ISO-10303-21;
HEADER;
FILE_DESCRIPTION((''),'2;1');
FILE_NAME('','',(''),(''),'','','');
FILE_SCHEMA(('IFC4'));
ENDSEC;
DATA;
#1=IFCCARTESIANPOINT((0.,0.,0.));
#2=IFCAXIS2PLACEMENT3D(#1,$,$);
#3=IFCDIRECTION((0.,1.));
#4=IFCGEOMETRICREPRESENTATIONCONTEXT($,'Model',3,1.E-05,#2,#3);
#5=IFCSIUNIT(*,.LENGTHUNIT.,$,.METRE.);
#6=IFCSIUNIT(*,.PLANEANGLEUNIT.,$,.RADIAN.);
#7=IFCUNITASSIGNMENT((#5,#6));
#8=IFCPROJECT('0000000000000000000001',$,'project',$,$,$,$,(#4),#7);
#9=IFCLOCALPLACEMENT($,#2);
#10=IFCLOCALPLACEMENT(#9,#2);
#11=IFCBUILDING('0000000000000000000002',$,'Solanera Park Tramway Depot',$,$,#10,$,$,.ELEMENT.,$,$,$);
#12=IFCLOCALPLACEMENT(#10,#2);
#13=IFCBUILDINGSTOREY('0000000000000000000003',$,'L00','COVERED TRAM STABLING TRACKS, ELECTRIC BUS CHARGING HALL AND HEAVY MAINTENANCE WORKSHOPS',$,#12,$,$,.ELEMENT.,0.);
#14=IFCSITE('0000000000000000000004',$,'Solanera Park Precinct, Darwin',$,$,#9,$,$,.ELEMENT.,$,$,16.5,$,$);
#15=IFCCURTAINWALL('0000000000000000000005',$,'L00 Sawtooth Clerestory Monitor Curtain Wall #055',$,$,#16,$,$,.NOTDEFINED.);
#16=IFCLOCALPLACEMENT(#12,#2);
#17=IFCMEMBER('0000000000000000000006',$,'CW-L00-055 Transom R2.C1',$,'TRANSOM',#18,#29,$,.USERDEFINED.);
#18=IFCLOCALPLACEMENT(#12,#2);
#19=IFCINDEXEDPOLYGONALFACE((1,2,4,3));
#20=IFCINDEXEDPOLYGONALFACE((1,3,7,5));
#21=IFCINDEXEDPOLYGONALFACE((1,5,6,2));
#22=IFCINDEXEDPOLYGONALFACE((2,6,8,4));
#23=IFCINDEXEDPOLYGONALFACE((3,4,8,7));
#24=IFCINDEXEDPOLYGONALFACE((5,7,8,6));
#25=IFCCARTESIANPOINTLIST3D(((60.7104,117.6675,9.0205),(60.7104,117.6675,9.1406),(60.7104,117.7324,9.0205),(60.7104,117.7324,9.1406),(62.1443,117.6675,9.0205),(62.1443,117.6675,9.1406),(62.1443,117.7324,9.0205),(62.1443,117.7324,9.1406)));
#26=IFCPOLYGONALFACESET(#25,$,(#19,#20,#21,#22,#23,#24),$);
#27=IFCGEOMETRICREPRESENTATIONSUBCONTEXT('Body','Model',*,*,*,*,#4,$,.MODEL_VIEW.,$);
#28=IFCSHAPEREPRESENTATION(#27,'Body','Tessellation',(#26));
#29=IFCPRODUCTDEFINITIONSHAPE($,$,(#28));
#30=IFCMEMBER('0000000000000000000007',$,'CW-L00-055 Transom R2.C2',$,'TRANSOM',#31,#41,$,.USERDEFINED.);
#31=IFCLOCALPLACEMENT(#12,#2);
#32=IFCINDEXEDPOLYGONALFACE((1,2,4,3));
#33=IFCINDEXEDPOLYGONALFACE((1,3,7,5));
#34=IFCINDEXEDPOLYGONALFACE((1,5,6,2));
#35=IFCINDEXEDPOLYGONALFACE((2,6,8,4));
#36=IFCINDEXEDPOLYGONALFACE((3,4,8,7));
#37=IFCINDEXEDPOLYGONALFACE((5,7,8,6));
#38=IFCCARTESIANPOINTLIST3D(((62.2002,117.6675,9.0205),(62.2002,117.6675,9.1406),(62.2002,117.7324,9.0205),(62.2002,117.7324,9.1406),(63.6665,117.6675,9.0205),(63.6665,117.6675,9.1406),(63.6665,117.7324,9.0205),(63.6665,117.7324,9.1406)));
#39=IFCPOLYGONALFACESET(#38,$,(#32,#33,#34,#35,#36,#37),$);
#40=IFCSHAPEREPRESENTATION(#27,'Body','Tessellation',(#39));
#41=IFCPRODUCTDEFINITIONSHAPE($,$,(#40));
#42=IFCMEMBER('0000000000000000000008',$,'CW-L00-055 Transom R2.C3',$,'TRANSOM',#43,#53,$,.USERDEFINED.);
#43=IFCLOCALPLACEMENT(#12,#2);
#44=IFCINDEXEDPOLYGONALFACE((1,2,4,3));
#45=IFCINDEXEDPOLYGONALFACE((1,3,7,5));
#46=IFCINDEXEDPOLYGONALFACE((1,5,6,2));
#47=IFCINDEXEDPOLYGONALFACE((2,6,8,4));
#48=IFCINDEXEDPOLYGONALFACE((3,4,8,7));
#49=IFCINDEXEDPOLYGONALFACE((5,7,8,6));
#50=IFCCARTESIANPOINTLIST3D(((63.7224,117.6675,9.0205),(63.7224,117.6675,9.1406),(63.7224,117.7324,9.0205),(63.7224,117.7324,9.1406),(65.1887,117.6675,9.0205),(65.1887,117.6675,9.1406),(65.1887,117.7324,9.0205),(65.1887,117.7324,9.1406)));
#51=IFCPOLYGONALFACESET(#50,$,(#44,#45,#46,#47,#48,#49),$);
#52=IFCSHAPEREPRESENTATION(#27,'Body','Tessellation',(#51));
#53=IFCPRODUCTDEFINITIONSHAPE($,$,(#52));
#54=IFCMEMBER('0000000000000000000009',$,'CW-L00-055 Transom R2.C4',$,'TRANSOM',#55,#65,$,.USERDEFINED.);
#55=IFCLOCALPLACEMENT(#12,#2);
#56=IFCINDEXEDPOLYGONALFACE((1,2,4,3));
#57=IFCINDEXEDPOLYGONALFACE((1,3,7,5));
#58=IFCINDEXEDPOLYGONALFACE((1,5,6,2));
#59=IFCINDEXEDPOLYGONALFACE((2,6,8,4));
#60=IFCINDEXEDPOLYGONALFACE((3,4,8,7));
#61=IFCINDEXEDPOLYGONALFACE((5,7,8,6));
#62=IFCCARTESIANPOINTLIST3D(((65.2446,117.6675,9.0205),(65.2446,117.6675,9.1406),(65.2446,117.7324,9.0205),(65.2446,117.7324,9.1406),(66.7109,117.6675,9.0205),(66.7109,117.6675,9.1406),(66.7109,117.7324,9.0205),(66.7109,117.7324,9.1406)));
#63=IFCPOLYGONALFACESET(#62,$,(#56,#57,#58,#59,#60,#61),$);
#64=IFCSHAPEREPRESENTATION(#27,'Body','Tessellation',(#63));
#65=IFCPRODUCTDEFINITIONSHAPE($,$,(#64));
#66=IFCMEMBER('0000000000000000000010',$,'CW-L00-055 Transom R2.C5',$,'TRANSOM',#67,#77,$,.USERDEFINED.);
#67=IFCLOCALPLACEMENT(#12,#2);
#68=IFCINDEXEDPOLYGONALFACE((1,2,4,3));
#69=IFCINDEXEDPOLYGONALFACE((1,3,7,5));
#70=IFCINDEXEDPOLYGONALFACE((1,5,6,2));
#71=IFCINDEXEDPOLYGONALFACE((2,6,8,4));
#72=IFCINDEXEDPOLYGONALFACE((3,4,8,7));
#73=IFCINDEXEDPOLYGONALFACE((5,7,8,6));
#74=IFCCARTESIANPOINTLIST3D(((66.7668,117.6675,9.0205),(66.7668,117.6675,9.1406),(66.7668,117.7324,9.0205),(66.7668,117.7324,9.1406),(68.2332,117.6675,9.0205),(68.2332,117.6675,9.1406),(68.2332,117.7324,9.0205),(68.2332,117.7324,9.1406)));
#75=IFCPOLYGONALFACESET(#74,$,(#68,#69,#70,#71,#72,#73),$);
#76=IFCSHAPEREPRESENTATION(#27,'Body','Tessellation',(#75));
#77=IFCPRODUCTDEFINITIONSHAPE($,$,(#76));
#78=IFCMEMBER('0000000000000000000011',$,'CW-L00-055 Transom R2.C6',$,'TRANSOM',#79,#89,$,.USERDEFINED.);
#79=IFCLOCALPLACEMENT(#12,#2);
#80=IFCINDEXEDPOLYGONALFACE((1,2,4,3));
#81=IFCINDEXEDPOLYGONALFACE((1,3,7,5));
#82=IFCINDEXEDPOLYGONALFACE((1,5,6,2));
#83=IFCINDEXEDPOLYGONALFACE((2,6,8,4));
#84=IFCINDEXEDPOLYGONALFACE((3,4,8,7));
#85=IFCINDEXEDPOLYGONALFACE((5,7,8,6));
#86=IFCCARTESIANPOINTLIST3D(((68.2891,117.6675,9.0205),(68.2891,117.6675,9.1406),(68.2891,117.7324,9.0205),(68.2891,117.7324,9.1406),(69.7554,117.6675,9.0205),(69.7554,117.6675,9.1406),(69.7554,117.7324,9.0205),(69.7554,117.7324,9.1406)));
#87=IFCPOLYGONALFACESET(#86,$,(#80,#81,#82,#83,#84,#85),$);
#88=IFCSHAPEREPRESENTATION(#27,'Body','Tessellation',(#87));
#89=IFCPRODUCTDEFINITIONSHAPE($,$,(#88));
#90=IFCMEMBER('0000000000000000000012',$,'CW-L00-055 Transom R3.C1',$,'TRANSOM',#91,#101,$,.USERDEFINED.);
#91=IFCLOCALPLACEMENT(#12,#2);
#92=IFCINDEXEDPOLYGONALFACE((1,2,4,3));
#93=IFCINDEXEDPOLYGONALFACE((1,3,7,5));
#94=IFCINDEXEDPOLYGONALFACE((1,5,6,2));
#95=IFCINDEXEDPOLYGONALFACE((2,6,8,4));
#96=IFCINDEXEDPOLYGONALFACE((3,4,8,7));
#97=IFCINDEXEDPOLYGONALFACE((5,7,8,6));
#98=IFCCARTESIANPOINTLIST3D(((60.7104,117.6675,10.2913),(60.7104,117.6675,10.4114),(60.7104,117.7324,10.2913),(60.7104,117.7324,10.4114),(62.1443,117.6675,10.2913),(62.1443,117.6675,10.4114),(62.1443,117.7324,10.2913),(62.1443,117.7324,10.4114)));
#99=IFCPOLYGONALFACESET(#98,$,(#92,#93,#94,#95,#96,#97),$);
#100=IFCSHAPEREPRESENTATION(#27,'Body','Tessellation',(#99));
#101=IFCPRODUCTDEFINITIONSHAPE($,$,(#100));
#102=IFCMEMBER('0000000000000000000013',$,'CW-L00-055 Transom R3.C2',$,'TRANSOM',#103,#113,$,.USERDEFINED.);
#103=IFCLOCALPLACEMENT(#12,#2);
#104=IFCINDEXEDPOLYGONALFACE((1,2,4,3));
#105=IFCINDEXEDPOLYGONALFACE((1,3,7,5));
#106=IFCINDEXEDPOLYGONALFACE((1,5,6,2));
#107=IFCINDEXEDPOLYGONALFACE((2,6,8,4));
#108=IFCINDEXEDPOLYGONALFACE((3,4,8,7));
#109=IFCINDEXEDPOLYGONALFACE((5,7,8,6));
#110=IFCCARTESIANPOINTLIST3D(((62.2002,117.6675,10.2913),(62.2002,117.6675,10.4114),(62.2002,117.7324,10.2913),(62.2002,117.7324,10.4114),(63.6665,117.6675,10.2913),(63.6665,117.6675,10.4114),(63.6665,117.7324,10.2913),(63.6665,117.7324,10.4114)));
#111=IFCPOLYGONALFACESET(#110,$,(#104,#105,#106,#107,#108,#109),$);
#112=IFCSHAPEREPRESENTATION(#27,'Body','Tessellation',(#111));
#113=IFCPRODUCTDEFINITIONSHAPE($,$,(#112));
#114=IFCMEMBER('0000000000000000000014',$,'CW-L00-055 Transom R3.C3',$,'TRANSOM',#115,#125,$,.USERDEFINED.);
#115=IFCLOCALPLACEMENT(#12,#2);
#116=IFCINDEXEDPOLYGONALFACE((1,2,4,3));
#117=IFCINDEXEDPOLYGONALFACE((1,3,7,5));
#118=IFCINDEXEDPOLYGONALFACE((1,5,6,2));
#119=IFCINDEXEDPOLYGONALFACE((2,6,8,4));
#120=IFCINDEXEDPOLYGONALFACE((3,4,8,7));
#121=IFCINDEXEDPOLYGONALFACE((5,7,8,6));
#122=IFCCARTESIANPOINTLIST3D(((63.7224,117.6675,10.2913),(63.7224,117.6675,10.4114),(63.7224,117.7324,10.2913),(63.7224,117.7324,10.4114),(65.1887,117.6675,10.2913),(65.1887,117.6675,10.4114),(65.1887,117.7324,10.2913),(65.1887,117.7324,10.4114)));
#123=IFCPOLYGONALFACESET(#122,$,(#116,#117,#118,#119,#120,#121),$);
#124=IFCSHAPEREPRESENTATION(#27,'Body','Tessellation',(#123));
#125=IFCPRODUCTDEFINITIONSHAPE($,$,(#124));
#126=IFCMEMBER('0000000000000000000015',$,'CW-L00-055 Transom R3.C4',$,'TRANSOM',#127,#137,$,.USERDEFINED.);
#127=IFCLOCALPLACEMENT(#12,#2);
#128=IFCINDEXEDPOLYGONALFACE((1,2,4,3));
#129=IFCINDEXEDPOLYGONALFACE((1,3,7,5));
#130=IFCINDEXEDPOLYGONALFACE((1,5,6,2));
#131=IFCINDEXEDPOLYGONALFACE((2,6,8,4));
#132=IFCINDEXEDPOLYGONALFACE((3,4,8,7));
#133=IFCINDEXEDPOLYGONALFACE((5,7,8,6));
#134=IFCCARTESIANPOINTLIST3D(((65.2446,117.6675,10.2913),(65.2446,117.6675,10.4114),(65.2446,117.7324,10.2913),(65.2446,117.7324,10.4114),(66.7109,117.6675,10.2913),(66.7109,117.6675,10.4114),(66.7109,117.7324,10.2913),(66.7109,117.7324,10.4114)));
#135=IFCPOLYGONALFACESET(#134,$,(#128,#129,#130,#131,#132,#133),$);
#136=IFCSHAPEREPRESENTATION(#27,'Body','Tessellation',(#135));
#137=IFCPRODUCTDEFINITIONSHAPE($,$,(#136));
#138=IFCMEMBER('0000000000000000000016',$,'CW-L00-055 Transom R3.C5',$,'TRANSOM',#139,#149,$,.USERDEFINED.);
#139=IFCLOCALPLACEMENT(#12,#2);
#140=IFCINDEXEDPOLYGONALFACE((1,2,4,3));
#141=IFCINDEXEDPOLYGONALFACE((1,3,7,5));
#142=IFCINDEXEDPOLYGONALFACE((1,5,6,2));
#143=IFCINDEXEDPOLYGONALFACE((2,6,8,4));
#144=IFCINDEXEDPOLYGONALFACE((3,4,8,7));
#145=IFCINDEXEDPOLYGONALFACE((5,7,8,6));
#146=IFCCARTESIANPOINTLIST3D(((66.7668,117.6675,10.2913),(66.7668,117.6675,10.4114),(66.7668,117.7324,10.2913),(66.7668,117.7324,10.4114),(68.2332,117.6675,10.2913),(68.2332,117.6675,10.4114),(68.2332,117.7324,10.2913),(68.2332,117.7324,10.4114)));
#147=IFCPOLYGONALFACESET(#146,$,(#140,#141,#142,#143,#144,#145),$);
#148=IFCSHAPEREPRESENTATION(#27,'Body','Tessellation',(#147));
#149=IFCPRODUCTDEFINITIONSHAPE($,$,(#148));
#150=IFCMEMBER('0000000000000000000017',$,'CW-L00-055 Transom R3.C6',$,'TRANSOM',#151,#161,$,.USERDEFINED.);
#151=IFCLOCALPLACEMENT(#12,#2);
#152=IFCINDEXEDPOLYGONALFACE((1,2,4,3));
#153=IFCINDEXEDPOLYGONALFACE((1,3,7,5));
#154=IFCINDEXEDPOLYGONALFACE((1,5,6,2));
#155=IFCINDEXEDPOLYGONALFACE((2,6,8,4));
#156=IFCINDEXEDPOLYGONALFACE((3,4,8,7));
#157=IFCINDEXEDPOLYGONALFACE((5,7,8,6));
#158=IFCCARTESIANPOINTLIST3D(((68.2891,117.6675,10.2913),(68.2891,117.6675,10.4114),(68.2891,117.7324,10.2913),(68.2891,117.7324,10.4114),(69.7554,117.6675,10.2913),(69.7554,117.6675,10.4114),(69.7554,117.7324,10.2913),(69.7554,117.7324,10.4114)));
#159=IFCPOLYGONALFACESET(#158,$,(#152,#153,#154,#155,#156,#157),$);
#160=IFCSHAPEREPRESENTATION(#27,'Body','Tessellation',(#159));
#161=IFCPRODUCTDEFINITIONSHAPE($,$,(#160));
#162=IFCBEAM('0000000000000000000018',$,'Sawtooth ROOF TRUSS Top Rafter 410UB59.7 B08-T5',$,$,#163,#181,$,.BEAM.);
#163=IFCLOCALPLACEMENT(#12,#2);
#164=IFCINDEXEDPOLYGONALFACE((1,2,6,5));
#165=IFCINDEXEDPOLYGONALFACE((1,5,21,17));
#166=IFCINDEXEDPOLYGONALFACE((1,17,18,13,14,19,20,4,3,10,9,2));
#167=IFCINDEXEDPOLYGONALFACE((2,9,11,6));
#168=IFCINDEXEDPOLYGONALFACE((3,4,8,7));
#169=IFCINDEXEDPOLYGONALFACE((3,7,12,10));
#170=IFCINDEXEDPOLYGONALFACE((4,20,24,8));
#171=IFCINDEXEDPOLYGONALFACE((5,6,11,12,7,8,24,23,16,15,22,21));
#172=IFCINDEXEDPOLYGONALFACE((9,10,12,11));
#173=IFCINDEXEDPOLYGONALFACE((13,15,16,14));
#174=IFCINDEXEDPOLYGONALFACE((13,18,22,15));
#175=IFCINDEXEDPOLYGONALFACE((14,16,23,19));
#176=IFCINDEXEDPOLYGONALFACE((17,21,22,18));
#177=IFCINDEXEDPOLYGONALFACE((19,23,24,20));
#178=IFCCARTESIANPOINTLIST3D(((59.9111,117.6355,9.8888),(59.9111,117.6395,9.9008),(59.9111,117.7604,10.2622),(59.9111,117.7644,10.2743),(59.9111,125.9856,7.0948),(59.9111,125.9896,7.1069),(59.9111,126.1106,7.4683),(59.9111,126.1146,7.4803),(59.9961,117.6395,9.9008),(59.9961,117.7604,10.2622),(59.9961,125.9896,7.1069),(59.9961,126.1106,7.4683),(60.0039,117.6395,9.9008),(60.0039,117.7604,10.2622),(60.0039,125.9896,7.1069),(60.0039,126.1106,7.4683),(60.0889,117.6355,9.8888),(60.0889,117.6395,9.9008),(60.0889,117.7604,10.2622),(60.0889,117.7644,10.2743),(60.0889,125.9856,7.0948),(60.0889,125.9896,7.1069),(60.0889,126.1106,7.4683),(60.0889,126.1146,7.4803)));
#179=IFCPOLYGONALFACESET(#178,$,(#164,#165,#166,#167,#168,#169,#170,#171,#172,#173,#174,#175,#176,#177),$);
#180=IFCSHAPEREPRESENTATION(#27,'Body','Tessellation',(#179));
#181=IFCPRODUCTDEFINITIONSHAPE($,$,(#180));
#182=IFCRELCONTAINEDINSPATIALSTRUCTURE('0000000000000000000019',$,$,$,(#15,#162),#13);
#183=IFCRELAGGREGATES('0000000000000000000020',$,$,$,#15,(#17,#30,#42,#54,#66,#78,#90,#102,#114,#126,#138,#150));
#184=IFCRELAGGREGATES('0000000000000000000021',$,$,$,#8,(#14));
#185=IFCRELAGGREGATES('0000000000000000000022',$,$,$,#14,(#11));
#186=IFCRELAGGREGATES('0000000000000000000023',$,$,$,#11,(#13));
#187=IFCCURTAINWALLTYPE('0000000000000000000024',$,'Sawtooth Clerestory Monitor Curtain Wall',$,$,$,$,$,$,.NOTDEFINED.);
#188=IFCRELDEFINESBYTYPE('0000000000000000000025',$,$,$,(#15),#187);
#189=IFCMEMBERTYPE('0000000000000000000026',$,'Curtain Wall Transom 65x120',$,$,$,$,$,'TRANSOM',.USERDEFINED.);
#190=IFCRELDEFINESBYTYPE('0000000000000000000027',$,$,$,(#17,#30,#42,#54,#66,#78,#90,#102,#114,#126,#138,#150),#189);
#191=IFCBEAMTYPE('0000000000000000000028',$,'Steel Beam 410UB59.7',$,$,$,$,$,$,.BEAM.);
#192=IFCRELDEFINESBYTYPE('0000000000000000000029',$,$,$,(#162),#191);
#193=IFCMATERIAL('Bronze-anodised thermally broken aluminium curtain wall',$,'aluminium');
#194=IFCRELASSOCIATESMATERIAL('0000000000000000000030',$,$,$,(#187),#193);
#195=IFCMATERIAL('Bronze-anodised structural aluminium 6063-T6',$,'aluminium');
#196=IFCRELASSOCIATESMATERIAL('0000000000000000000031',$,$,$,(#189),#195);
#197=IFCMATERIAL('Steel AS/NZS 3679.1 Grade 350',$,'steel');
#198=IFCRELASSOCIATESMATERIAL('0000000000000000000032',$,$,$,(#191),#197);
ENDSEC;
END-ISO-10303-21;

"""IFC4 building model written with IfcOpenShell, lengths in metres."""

from ifc_helpers import new_model, si_unit, direction, frame, origin, origin_2d, place, context, subcontext, project, spatial, rectangle, i_section, extrude, material, material_profile, profile_set, type_object, element, aggregate, save


model = new_model("IFC4")

# Units and contexts
model_context = context("Model", 3, precision=1e-05, world=origin(), true_north=direction((0.0, 1.0)))
body_context = subcontext(model_context, "Body", "Model", "MODEL_VIEW")
ifc_project = project(units=[si_unit("LENGTHUNIT", "METRE"), si_unit("PLANEANGLEUNIT", "RADIAN")], contexts=[model_context])

# Site, building, storey
site_placement = place(None, origin())
site = spatial("IfcSite", under=ifc_project, at=site_placement, Name="Solanera Park Precinct, Darwin", CompositionType="ELEMENT", RefElevation=16.5)
building_placement = place(site_placement, origin())
building = spatial("IfcBuilding", under=site, at=building_placement, Name="Solanera Park Tramway Depot", CompositionType="ELEMENT")
storey_placement = place(building_placement, origin())
storey = spatial("IfcBuildingStorey", under=building, at=storey_placement, Name="L00", Description="COVERED TRAM STABLING TRACKS, ELECTRIC BUS CHARGING HALL AND HEAVY MAINTENANCE WORKSHOPS", CompositionType="ELEMENT", Elevation=0.0)

# Curtain wall, members
ifc_material_1 = material(Name="Bronze-anodised thermally broken aluminium curtain wall", Category="aluminium")
curtain_wall_type = type_object("IfcCurtainWallType", Name="Sawtooth Clerestory Monitor Curtain Wall", PredefinedType="NOTDEFINED", material=ifc_material_1)
curtain_wall_placement = place(storey_placement, origin())
curtain_wall = element("IfcCurtainWall", 1, at=curtain_wall_placement, inside=storey, type_object=curtain_wall_type, Name="L00 Sawtooth Clerestory Monitor Curtain Wall #055", PredefinedType="NOTDEFINED")
ifc_material_2 = material(Name="Bronze-anodised structural aluminium 6063-T6", Category="aluminium")
ifc_material_profile_1 = material_profile(ifc_material_2, rectangle(XDim=0.0649, YDim=0.1201, at=origin_2d()), Name="Curtain Wall Transom 65x120")
ifc_profile_set_1 = profile_set([ifc_material_profile_1], Name="Bronze-anodised structural aluminium 6063-T6")
member_type = type_object("IfcMemberType", Name="Curtain Wall Transom 65x120", ElementType="TRANSOM", PredefinedType="USERDEFINED", material=ifc_profile_set_1)
member_1_placement = place(storey_placement, frame((60.7104, 117.7, 9.0806), z_axis=(1.0, 0.0, 0.0), x_axis=(0.0, 1.0, 0.0)))
member_1 = element("IfcMember", 2, at=member_1_placement, type_object=member_type, Name="CW-L00-055 Transom R2.C1", ObjectType="TRANSOM", PredefinedType="USERDEFINED", context=body_context, shape_type="SweptSolid", body=[
    extrude(rectangle(XDim=0.0649, YDim=0.1201, at=origin_2d()), origin(), (0.0, 0.0, 1.0), 1.4338),
])
member_2_placement = place(storey_placement, frame((62.2002, 117.7, 9.0806), z_axis=(1.0, 0.0, 0.0), x_axis=(0.0, 1.0, 0.0)))
member_2 = element("IfcMember", 3, at=member_2_placement, type_object=member_type, Name="CW-L00-055 Transom R2.C2", ObjectType="TRANSOM", PredefinedType="USERDEFINED", context=body_context, shape_type="SweptSolid", body=[
    extrude(rectangle(XDim=0.0649, YDim=0.1201, at=origin_2d()), origin(), (0.0, 0.0, 1.0), 1.4663),
])
member_3_placement = place(storey_placement, frame((63.7224, 117.7, 9.0806), z_axis=(1.0, 0.0, 0.0), x_axis=(0.0, 1.0, 0.0)))
member_3 = element("IfcMember", 4, at=member_3_placement, type_object=member_type, Name="CW-L00-055 Transom R2.C3", ObjectType="TRANSOM", PredefinedType="USERDEFINED", context=body_context, shape_type="SweptSolid", body=[
    extrude(rectangle(XDim=0.0649, YDim=0.1201, at=origin_2d()), origin(), (0.0, 0.0, 1.0), 1.4663),
])
member_4_placement = place(storey_placement, frame((65.2446, 117.7, 9.0806), z_axis=(1.0, 0.0, 0.0), x_axis=(0.0, 1.0, 0.0)))
member_4 = element("IfcMember", 5, at=member_4_placement, type_object=member_type, Name="CW-L00-055 Transom R2.C4", ObjectType="TRANSOM", PredefinedType="USERDEFINED", context=body_context, shape_type="SweptSolid", body=[
    extrude(rectangle(XDim=0.0649, YDim=0.1201, at=origin_2d()), origin(), (0.0, 0.0, 1.0), 1.4663),
])
member_5_placement = place(storey_placement, frame((66.7668, 117.7, 9.0806), z_axis=(1.0, 0.0, 0.0), x_axis=(0.0, 1.0, 0.0)))
member_5 = element("IfcMember", 6, at=member_5_placement, type_object=member_type, Name="CW-L00-055 Transom R2.C5", ObjectType="TRANSOM", PredefinedType="USERDEFINED", context=body_context, shape_type="SweptSolid", body=[
    extrude(rectangle(XDim=0.0649, YDim=0.1201, at=origin_2d()), origin(), (0.0, 0.0, 1.0), 1.4663),
])
member_6_placement = place(storey_placement, frame((68.2891, 117.7, 9.0806), z_axis=(1.0, 0.0, 0.0), x_axis=(0.0, 1.0, 0.0)))
member_6 = element("IfcMember", 7, at=member_6_placement, type_object=member_type, Name="CW-L00-055 Transom R2.C6", ObjectType="TRANSOM", PredefinedType="USERDEFINED", context=body_context, shape_type="SweptSolid", body=[
    extrude(rectangle(XDim=0.0649, YDim=0.1201, at=origin_2d()), origin(), (0.0, 0.0, 1.0), 1.4663),
])
member_7_placement = place(storey_placement, frame((60.7104, 117.7, 10.3513), z_axis=(1.0, 0.0, 0.0), x_axis=(0.0, 1.0, 0.0)))
member_7 = element("IfcMember", 8, at=member_7_placement, type_object=member_type, Name="CW-L00-055 Transom R3.C1", ObjectType="TRANSOM", PredefinedType="USERDEFINED", context=body_context, shape_type="SweptSolid", body=[
    extrude(rectangle(XDim=0.0649, YDim=0.1201, at=origin_2d()), origin(), (0.0, 0.0, 1.0), 1.4338),
])
member_8_placement = place(storey_placement, frame((62.2002, 117.7, 10.3513), z_axis=(1.0, 0.0, 0.0), x_axis=(0.0, 1.0, 0.0)))
member_8 = element("IfcMember", 9, at=member_8_placement, type_object=member_type, Name="CW-L00-055 Transom R3.C2", ObjectType="TRANSOM", PredefinedType="USERDEFINED", context=body_context, shape_type="SweptSolid", body=[
    extrude(rectangle(XDim=0.0649, YDim=0.1201, at=origin_2d()), origin(), (0.0, 0.0, 1.0), 1.4663),
])
member_9_placement = place(storey_placement, frame((63.7224, 117.7, 10.3513), z_axis=(1.0, 0.0, 0.0), x_axis=(0.0, 1.0, 0.0)))
member_9 = element("IfcMember", 10, at=member_9_placement, type_object=member_type, Name="CW-L00-055 Transom R3.C3", ObjectType="TRANSOM", PredefinedType="USERDEFINED", context=body_context, shape_type="SweptSolid", body=[
    extrude(rectangle(XDim=0.0649, YDim=0.1201, at=origin_2d()), origin(), (0.0, 0.0, 1.0), 1.4663),
])
member_10_placement = place(storey_placement, frame((65.2446, 117.7, 10.3513), z_axis=(1.0, 0.0, 0.0), x_axis=(0.0, 1.0, 0.0)))
member_10 = element("IfcMember", 11, at=member_10_placement, type_object=member_type, Name="CW-L00-055 Transom R3.C4", ObjectType="TRANSOM", PredefinedType="USERDEFINED", context=body_context, shape_type="SweptSolid", body=[
    extrude(rectangle(XDim=0.0649, YDim=0.1201, at=origin_2d()), origin(), (0.0, 0.0, 1.0), 1.4663),
])
member_11_placement = place(storey_placement, frame((66.7668, 117.7, 10.3513), z_axis=(1.0, 0.0, 0.0), x_axis=(0.0, 1.0, 0.0)))
member_11 = element("IfcMember", 12, at=member_11_placement, type_object=member_type, Name="CW-L00-055 Transom R3.C5", ObjectType="TRANSOM", PredefinedType="USERDEFINED", context=body_context, shape_type="SweptSolid", body=[
    extrude(rectangle(XDim=0.0649, YDim=0.1201, at=origin_2d()), origin(), (0.0, 0.0, 1.0), 1.4663),
])
member_12_placement = place(storey_placement, frame((68.2891, 117.7, 10.3513), z_axis=(1.0, 0.0, 0.0), x_axis=(0.0, 1.0, 0.0)))
member_12 = element("IfcMember", 13, at=member_12_placement, type_object=member_type, Name="CW-L00-055 Transom R3.C6", ObjectType="TRANSOM", PredefinedType="USERDEFINED", context=body_context, shape_type="SweptSolid", body=[
    extrude(rectangle(XDim=0.0649, YDim=0.1201, at=origin_2d()), origin(), (0.0, 0.0, 1.0), 1.4663),
])

# Beam
ifc_material_3 = material(Name="Steel AS/NZS 3679.1 Grade 350", Category="steel")
ifc_material_profile_2 = material_profile(ifc_material_3, i_section(OverallWidth=0.1777, OverallDepth=0.4065, WebThickness=0.0078, FlangeThickness=0.0127, at=origin_2d()), Name="410UB59.7")
ifc_profile_set_2 = profile_set([ifc_material_profile_2], Name="Steel AS/NZS 3679.1 Grade 350")
beam_type_1 = type_object("IfcBeamType", Name="Steel Beam 410UB59.7", PredefinedType="BEAM", material=ifc_profile_set_2)
beam_1_placement = place(storey_placement, frame((60.0, 117.7, 10.0815), z_axis=(0.0, 0.948322, -0.317309), x_axis=(-1.0, 0.0, 0.0)))
element("IfcBeam", 14, at=beam_1_placement, inside=storey, type_object=beam_type_1, Name="Sawtooth ROOF TRUSS Top Rafter 410UB59.7 B08-T5", PredefinedType="BEAM", context=body_context, shape_type="SweptSolid", body=[
    extrude(i_section(OverallWidth=0.1777, OverallDepth=0.4065, WebThickness=0.0078, FlangeThickness=0.0127, at=origin_2d()), origin(), (0.0, 0.0, 1.0), 8.8052),
])

aggregate(curtain_wall, [member_1, member_2, member_3, member_4, member_5, member_6, member_7, member_8, member_9, member_10, member_11, member_12])

save(model, "model.ifc")
